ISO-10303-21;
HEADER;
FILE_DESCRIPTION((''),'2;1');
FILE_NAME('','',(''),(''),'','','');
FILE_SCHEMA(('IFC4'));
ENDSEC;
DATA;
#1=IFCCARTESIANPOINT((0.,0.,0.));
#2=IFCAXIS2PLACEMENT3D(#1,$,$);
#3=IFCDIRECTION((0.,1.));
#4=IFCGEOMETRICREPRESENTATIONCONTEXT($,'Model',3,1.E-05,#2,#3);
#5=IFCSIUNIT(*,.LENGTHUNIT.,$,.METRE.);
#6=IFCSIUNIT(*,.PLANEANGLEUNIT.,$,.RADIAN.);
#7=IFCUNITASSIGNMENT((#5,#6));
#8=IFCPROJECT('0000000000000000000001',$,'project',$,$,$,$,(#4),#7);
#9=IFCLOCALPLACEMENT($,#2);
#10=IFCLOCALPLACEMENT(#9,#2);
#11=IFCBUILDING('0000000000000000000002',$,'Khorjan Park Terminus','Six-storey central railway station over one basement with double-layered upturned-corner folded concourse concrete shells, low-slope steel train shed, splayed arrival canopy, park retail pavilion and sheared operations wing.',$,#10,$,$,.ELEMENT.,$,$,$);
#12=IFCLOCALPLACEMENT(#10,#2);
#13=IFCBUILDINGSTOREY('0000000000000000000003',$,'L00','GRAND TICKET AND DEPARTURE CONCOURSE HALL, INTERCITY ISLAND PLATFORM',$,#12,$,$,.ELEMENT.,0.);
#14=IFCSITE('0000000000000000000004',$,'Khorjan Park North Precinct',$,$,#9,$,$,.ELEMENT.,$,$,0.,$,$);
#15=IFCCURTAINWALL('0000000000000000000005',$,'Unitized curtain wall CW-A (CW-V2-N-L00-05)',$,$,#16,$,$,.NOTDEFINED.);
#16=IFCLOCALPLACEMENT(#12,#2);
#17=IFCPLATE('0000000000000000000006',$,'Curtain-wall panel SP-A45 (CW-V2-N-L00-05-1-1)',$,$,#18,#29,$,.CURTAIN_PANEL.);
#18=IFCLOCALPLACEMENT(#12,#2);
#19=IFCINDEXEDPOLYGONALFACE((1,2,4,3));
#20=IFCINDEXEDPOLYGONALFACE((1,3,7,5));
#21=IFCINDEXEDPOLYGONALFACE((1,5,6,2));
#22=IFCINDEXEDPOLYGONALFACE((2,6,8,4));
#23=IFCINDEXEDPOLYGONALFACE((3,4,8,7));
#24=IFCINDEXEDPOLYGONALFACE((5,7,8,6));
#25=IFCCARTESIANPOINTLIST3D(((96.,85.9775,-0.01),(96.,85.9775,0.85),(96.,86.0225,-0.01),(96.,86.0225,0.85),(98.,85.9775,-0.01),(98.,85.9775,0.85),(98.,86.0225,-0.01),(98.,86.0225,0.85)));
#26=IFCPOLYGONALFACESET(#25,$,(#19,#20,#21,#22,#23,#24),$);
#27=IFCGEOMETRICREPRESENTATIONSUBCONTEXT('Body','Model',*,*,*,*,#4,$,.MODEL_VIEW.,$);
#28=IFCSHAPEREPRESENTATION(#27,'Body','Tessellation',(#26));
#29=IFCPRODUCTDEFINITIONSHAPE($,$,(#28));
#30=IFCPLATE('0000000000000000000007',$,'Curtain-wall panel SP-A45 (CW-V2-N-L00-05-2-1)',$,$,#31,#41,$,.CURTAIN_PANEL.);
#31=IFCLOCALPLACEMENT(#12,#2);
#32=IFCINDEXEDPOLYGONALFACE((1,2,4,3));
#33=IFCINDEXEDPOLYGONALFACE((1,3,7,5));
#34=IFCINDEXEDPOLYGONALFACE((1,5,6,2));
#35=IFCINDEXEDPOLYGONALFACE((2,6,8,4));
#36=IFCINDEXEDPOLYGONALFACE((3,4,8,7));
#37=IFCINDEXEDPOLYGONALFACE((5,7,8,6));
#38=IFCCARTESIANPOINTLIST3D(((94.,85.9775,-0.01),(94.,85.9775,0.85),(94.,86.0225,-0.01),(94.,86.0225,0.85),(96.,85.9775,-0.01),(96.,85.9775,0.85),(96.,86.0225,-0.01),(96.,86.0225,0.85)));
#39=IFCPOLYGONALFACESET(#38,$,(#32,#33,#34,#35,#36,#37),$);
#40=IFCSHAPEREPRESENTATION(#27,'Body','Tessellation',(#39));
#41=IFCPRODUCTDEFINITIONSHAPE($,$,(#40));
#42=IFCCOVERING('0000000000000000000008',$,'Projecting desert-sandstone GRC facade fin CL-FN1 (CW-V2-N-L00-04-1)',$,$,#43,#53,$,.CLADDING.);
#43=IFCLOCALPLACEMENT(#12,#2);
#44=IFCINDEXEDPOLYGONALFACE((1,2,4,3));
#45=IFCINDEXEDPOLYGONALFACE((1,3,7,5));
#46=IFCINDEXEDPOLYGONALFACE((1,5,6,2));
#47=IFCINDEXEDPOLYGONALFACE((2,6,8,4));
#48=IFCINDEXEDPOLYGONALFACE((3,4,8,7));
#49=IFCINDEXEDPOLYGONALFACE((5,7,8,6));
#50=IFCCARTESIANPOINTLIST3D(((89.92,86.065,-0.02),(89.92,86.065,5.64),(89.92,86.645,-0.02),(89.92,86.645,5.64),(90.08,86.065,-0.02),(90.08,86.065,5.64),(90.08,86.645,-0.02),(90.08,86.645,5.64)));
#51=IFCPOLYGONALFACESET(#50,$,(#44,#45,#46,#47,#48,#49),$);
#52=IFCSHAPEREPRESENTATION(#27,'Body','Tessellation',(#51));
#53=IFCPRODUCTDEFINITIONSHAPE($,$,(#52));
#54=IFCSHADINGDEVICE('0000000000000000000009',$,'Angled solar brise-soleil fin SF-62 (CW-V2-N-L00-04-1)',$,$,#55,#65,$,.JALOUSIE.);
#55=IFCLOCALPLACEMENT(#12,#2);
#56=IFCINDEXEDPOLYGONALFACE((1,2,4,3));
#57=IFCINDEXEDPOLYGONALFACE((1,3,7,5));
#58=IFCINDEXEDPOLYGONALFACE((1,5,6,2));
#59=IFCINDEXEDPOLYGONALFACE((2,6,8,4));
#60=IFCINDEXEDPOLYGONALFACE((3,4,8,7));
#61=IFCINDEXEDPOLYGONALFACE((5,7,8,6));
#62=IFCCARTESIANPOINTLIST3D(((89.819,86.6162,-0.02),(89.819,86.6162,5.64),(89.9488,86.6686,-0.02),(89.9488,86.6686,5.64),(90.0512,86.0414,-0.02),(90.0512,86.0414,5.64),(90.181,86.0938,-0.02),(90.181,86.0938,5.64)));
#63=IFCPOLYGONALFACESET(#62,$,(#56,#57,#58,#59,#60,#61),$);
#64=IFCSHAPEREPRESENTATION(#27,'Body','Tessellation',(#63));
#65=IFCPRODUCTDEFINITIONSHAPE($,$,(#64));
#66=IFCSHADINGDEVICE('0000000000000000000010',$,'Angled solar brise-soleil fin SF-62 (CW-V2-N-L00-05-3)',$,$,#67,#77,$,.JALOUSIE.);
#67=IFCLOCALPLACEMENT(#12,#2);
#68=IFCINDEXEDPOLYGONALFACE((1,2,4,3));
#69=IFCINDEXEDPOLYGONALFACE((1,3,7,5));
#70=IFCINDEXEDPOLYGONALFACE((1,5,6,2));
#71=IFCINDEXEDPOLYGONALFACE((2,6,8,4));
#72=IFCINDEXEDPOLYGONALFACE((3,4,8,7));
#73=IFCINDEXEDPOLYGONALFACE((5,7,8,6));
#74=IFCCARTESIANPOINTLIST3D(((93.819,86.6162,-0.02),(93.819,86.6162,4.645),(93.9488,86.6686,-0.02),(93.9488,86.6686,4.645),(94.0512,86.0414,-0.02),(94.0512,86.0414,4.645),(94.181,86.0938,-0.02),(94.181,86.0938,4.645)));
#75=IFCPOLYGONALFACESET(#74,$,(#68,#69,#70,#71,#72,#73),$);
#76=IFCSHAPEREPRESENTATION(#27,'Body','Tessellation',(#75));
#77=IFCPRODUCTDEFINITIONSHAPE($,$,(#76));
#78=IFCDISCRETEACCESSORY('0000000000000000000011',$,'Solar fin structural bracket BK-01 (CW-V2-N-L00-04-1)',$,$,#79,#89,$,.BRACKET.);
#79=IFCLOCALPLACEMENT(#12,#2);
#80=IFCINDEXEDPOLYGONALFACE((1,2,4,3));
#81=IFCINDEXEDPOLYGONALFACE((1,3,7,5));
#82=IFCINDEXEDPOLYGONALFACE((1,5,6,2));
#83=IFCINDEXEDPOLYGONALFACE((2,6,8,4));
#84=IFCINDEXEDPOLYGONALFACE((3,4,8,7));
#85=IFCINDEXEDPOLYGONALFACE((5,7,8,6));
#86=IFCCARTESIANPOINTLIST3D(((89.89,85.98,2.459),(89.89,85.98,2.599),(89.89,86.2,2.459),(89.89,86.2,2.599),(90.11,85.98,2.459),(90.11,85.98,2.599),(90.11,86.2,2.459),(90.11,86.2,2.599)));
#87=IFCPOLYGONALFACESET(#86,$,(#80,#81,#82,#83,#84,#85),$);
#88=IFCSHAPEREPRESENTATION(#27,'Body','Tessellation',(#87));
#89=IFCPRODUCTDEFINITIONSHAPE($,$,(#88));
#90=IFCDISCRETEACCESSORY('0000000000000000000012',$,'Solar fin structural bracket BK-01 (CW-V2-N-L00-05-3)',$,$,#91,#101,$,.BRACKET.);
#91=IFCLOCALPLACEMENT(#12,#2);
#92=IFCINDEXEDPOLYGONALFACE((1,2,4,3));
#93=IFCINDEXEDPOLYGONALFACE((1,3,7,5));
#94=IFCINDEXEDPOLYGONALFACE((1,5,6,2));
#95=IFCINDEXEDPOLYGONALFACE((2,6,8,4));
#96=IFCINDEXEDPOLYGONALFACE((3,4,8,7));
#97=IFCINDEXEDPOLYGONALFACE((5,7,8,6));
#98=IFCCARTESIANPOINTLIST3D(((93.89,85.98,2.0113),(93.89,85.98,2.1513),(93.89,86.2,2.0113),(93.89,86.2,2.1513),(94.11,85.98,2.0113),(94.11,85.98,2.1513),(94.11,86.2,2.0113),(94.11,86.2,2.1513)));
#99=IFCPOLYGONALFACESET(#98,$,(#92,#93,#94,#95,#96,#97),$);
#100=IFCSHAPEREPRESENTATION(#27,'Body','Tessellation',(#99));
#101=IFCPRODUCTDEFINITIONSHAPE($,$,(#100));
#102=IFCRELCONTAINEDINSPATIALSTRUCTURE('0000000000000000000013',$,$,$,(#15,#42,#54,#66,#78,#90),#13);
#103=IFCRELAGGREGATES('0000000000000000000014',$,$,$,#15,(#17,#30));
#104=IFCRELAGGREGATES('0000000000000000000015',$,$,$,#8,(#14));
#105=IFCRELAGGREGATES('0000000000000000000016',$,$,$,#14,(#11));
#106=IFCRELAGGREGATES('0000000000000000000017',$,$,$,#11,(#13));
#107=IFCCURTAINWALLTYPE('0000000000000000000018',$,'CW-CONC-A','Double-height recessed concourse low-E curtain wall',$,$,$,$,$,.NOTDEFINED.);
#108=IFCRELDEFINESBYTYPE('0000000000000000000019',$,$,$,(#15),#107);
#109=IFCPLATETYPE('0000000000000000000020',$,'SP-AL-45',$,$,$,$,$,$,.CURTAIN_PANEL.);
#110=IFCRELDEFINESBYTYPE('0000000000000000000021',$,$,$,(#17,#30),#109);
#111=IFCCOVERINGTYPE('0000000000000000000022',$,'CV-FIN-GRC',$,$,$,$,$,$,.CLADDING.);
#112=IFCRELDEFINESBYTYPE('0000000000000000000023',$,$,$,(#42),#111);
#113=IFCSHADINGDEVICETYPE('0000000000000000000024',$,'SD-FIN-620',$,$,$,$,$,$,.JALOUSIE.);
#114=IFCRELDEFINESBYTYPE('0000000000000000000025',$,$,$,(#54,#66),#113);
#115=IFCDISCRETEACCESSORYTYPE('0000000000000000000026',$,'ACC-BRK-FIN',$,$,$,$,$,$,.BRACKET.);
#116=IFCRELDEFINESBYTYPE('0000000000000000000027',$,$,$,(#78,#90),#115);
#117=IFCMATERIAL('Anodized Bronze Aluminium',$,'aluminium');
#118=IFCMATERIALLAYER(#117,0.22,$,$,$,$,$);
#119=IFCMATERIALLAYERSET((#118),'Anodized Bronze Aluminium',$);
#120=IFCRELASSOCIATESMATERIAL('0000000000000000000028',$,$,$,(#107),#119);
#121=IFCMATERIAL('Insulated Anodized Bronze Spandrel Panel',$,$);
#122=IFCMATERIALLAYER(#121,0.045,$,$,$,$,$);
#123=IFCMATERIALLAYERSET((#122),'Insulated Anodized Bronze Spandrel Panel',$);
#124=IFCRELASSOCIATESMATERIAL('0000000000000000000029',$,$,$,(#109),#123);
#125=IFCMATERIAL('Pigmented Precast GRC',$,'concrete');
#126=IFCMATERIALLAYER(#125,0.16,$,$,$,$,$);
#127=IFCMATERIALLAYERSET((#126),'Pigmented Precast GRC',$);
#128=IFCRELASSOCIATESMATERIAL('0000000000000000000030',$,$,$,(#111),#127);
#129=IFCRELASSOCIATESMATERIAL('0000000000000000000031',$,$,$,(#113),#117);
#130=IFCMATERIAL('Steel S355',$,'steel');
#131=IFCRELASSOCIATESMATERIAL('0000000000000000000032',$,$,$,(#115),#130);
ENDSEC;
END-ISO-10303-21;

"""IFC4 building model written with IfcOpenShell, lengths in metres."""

from ifc_helpers import new_model, si_unit, direction, frame, origin, origin_2d, place, context, subcontext, project, spatial, rectangle, extrude, material, layer, layer_set, type_object, element, aggregate, save


model = new_model("IFC4")

# Units and contexts
model_context = context("Model", 3, precision=1e-05, world=origin(), true_north=direction((0.0, 1.0)))
body_context = subcontext(model_context, "Body", "Model", "MODEL_VIEW")
ifc_project = project(units=[si_unit("LENGTHUNIT", "METRE"), si_unit("PLANEANGLEUNIT", "RADIAN")], contexts=[model_context])

# Site, building, storey
site_placement = place(None, origin())
site = spatial("IfcSite", under=ifc_project, at=site_placement, Name="Khorjan Park North Precinct", CompositionType="ELEMENT", RefElevation=0.0)
building_placement = place(site_placement, origin())
building = spatial("IfcBuilding", under=site, at=building_placement, Name="Khorjan Park Terminus", Description="Six-storey central railway station over one basement with double-layered upturned-corner folded concourse concrete shells, low-slope steel train shed, splayed arrival canopy, park retail pavilion and sheared operations wing.", CompositionType="ELEMENT")
storey_placement = place(building_placement, origin())
storey = spatial("IfcBuildingStorey", under=building, at=storey_placement, Name="L00", Description="GRAND TICKET AND DEPARTURE CONCOURSE HALL, INTERCITY ISLAND PLATFORM", CompositionType="ELEMENT", Elevation=0.0)

# Shared definitions
ifc_material_1 = material(Name="Steel S355", Category="steel")

# Curtain wall, plates
ifc_material_2 = material(Name="Anodized Bronze Aluminium", Category="aluminium")
ifc_layer_1 = layer(ifc_material_2, 0.22)
ifc_layer_set_1 = layer_set([ifc_layer_1], Name="Anodized Bronze Aluminium")
curtain_wall_type = type_object("IfcCurtainWallType", Name="CW-CONC-A", Description="Double-height recessed concourse low-E curtain wall", PredefinedType="NOTDEFINED", material=ifc_layer_set_1)
curtain_wall_placement = place(storey_placement, origin())
curtain_wall = element("IfcCurtainWall", 1, at=curtain_wall_placement, inside=storey, type_object=curtain_wall_type, Name="Unitized curtain wall CW-A (CW-V2-N-L00-05)", PredefinedType="NOTDEFINED")
ifc_material_3 = material(Name="Insulated Anodized Bronze Spandrel Panel")
ifc_layer_2 = layer(ifc_material_3, 0.045)
ifc_layer_set_2 = layer_set([ifc_layer_2], Name="Insulated Anodized Bronze Spandrel Panel")
plate_type_1 = type_object("IfcPlateType", Name="SP-AL-45", PredefinedType="CURTAIN_PANEL", material=ifc_layer_set_2)
plate_1_placement = place(storey_placement, frame((97.0, 86.0, -0.01), z_axis=(0.0, 0.0, 1.0), x_axis=(-1.0, 0.0, 0.0)))
plate_1 = element("IfcPlate", 2, at=plate_1_placement, type_object=plate_type_1, Name="Curtain-wall panel SP-A45 (CW-V2-N-L00-05-1-1)", PredefinedType="CURTAIN_PANEL", context=body_context, shape_type="SweptSolid", body=[
    extrude(rectangle(XDim=2.0, YDim=0.045, at=origin_2d()), origin(), (0.0, 0.0, 1.0), 0.86),
])
plate_2_placement = place(storey_placement, frame((95.0, 86.0, -0.01), z_axis=(0.0, 0.0, 1.0), x_axis=(-1.0, 0.0, 0.0)))
plate_2 = element("IfcPlate", 3, at=plate_2_placement, type_object=plate_type_1, Name="Curtain-wall panel SP-A45 (CW-V2-N-L00-05-2-1)", PredefinedType="CURTAIN_PANEL", context=body_context, shape_type="SweptSolid", body=[
    extrude(rectangle(XDim=2.0, YDim=0.045, at=origin_2d()), origin(), (0.0, 0.0, 1.0), 0.86),
])
aggregate(curtain_wall, [plate_1, plate_2])

# Covering
ifc_material_4 = material(Name="Pigmented Precast GRC", Category="concrete")
ifc_layer_3 = layer(ifc_material_4, 0.16)
ifc_layer_set_3 = layer_set([ifc_layer_3], Name="Pigmented Precast GRC")
covering_type = type_object("IfcCoveringType", Name="CV-FIN-GRC", PredefinedType="CLADDING", material=ifc_layer_set_3)
covering_placement = place(storey_placement, frame((90.0, 86.355, -0.02), z_axis=(0.0, 0.0, 1.0), x_axis=(0.0, -1.0, 0.0)))
element("IfcCovering", 4, at=covering_placement, inside=storey, type_object=covering_type, Name="Projecting desert-sandstone GRC facade fin CL-FN1 (CW-V2-N-L00-04-1)", PredefinedType="CLADDING", context=body_context, shape_type="SweptSolid", body=[
    extrude(rectangle(XDim=0.58, YDim=0.16, at=origin_2d()), origin(), (0.0, 0.0, 1.0), 5.66),
])

# Shading devices
shading_device_type = type_object("IfcShadingDeviceType", Name="SD-FIN-620", PredefinedType="JALOUSIE", material=ifc_material_2)
shading_device_1_placement = place(storey_placement, frame((90.0, 86.355, -0.02), z_axis=(0.0, 0.0, 1.0), x_axis=(0.374607, -0.927184, 0.0)))
element("IfcShadingDevice", 5, at=shading_device_1_placement, inside=storey, type_object=shading_device_type, Name="Angled solar brise-soleil fin SF-62 (CW-V2-N-L00-04-1)", PredefinedType="JALOUSIE", context=body_context, shape_type="SweptSolid", body=[
    extrude(rectangle(XDim=0.62, YDim=0.14, at=origin_2d()), origin(), (0.0, 0.0, 1.0), 5.66),
])
shading_device_2_placement = place(storey_placement, frame((94.0, 86.355, -0.02), z_axis=(0.0, 0.0, 1.0), x_axis=(0.374607, -0.927184, 0.0)))
element("IfcShadingDevice", 6, at=shading_device_2_placement, inside=storey, type_object=shading_device_type, Name="Angled solar brise-soleil fin SF-62 (CW-V2-N-L00-05-3)", PredefinedType="JALOUSIE", context=body_context, shape_type="SweptSolid", body=[
    extrude(rectangle(XDim=0.62, YDim=0.14, at=origin_2d()), origin(), (0.0, 0.0, 1.0), 4.665),
])

# Discrete accessories
discrete_accessory_type = type_object("IfcDiscreteAccessoryType", Name="ACC-BRK-FIN", PredefinedType="BRACKET", material=ifc_material_1)
for number, where, z_axis, x_axis, name in (
    (7, (90.0, 86.09, 2.459), (0.0, 0.0, 1.0), (-1.0, 0.0, 0.0), "Solar fin structural bracket BK-01 (CW-V2-N-L00-04-1)"),
    (8, (94.0, 86.09, 2.0113), (0.0, 0.0, 1.0), (-1.0, 0.0, 0.0), "Solar fin structural bracket BK-01 (CW-V2-N-L00-05-3)"),
):
    element("IfcDiscreteAccessory", number, at=place(storey_placement, frame(where, z_axis=z_axis, x_axis=x_axis)), inside=storey, type_object=discrete_accessory_type, Name=name, PredefinedType="BRACKET", context=body_context, shape_type="SweptSolid", body=[
        extrude(rectangle(XDim=0.22, YDim=0.22, at=origin_2d()), origin(), (0.0, 0.0, 1.0), 0.14),
    ])

save(model, "model.ifc")
